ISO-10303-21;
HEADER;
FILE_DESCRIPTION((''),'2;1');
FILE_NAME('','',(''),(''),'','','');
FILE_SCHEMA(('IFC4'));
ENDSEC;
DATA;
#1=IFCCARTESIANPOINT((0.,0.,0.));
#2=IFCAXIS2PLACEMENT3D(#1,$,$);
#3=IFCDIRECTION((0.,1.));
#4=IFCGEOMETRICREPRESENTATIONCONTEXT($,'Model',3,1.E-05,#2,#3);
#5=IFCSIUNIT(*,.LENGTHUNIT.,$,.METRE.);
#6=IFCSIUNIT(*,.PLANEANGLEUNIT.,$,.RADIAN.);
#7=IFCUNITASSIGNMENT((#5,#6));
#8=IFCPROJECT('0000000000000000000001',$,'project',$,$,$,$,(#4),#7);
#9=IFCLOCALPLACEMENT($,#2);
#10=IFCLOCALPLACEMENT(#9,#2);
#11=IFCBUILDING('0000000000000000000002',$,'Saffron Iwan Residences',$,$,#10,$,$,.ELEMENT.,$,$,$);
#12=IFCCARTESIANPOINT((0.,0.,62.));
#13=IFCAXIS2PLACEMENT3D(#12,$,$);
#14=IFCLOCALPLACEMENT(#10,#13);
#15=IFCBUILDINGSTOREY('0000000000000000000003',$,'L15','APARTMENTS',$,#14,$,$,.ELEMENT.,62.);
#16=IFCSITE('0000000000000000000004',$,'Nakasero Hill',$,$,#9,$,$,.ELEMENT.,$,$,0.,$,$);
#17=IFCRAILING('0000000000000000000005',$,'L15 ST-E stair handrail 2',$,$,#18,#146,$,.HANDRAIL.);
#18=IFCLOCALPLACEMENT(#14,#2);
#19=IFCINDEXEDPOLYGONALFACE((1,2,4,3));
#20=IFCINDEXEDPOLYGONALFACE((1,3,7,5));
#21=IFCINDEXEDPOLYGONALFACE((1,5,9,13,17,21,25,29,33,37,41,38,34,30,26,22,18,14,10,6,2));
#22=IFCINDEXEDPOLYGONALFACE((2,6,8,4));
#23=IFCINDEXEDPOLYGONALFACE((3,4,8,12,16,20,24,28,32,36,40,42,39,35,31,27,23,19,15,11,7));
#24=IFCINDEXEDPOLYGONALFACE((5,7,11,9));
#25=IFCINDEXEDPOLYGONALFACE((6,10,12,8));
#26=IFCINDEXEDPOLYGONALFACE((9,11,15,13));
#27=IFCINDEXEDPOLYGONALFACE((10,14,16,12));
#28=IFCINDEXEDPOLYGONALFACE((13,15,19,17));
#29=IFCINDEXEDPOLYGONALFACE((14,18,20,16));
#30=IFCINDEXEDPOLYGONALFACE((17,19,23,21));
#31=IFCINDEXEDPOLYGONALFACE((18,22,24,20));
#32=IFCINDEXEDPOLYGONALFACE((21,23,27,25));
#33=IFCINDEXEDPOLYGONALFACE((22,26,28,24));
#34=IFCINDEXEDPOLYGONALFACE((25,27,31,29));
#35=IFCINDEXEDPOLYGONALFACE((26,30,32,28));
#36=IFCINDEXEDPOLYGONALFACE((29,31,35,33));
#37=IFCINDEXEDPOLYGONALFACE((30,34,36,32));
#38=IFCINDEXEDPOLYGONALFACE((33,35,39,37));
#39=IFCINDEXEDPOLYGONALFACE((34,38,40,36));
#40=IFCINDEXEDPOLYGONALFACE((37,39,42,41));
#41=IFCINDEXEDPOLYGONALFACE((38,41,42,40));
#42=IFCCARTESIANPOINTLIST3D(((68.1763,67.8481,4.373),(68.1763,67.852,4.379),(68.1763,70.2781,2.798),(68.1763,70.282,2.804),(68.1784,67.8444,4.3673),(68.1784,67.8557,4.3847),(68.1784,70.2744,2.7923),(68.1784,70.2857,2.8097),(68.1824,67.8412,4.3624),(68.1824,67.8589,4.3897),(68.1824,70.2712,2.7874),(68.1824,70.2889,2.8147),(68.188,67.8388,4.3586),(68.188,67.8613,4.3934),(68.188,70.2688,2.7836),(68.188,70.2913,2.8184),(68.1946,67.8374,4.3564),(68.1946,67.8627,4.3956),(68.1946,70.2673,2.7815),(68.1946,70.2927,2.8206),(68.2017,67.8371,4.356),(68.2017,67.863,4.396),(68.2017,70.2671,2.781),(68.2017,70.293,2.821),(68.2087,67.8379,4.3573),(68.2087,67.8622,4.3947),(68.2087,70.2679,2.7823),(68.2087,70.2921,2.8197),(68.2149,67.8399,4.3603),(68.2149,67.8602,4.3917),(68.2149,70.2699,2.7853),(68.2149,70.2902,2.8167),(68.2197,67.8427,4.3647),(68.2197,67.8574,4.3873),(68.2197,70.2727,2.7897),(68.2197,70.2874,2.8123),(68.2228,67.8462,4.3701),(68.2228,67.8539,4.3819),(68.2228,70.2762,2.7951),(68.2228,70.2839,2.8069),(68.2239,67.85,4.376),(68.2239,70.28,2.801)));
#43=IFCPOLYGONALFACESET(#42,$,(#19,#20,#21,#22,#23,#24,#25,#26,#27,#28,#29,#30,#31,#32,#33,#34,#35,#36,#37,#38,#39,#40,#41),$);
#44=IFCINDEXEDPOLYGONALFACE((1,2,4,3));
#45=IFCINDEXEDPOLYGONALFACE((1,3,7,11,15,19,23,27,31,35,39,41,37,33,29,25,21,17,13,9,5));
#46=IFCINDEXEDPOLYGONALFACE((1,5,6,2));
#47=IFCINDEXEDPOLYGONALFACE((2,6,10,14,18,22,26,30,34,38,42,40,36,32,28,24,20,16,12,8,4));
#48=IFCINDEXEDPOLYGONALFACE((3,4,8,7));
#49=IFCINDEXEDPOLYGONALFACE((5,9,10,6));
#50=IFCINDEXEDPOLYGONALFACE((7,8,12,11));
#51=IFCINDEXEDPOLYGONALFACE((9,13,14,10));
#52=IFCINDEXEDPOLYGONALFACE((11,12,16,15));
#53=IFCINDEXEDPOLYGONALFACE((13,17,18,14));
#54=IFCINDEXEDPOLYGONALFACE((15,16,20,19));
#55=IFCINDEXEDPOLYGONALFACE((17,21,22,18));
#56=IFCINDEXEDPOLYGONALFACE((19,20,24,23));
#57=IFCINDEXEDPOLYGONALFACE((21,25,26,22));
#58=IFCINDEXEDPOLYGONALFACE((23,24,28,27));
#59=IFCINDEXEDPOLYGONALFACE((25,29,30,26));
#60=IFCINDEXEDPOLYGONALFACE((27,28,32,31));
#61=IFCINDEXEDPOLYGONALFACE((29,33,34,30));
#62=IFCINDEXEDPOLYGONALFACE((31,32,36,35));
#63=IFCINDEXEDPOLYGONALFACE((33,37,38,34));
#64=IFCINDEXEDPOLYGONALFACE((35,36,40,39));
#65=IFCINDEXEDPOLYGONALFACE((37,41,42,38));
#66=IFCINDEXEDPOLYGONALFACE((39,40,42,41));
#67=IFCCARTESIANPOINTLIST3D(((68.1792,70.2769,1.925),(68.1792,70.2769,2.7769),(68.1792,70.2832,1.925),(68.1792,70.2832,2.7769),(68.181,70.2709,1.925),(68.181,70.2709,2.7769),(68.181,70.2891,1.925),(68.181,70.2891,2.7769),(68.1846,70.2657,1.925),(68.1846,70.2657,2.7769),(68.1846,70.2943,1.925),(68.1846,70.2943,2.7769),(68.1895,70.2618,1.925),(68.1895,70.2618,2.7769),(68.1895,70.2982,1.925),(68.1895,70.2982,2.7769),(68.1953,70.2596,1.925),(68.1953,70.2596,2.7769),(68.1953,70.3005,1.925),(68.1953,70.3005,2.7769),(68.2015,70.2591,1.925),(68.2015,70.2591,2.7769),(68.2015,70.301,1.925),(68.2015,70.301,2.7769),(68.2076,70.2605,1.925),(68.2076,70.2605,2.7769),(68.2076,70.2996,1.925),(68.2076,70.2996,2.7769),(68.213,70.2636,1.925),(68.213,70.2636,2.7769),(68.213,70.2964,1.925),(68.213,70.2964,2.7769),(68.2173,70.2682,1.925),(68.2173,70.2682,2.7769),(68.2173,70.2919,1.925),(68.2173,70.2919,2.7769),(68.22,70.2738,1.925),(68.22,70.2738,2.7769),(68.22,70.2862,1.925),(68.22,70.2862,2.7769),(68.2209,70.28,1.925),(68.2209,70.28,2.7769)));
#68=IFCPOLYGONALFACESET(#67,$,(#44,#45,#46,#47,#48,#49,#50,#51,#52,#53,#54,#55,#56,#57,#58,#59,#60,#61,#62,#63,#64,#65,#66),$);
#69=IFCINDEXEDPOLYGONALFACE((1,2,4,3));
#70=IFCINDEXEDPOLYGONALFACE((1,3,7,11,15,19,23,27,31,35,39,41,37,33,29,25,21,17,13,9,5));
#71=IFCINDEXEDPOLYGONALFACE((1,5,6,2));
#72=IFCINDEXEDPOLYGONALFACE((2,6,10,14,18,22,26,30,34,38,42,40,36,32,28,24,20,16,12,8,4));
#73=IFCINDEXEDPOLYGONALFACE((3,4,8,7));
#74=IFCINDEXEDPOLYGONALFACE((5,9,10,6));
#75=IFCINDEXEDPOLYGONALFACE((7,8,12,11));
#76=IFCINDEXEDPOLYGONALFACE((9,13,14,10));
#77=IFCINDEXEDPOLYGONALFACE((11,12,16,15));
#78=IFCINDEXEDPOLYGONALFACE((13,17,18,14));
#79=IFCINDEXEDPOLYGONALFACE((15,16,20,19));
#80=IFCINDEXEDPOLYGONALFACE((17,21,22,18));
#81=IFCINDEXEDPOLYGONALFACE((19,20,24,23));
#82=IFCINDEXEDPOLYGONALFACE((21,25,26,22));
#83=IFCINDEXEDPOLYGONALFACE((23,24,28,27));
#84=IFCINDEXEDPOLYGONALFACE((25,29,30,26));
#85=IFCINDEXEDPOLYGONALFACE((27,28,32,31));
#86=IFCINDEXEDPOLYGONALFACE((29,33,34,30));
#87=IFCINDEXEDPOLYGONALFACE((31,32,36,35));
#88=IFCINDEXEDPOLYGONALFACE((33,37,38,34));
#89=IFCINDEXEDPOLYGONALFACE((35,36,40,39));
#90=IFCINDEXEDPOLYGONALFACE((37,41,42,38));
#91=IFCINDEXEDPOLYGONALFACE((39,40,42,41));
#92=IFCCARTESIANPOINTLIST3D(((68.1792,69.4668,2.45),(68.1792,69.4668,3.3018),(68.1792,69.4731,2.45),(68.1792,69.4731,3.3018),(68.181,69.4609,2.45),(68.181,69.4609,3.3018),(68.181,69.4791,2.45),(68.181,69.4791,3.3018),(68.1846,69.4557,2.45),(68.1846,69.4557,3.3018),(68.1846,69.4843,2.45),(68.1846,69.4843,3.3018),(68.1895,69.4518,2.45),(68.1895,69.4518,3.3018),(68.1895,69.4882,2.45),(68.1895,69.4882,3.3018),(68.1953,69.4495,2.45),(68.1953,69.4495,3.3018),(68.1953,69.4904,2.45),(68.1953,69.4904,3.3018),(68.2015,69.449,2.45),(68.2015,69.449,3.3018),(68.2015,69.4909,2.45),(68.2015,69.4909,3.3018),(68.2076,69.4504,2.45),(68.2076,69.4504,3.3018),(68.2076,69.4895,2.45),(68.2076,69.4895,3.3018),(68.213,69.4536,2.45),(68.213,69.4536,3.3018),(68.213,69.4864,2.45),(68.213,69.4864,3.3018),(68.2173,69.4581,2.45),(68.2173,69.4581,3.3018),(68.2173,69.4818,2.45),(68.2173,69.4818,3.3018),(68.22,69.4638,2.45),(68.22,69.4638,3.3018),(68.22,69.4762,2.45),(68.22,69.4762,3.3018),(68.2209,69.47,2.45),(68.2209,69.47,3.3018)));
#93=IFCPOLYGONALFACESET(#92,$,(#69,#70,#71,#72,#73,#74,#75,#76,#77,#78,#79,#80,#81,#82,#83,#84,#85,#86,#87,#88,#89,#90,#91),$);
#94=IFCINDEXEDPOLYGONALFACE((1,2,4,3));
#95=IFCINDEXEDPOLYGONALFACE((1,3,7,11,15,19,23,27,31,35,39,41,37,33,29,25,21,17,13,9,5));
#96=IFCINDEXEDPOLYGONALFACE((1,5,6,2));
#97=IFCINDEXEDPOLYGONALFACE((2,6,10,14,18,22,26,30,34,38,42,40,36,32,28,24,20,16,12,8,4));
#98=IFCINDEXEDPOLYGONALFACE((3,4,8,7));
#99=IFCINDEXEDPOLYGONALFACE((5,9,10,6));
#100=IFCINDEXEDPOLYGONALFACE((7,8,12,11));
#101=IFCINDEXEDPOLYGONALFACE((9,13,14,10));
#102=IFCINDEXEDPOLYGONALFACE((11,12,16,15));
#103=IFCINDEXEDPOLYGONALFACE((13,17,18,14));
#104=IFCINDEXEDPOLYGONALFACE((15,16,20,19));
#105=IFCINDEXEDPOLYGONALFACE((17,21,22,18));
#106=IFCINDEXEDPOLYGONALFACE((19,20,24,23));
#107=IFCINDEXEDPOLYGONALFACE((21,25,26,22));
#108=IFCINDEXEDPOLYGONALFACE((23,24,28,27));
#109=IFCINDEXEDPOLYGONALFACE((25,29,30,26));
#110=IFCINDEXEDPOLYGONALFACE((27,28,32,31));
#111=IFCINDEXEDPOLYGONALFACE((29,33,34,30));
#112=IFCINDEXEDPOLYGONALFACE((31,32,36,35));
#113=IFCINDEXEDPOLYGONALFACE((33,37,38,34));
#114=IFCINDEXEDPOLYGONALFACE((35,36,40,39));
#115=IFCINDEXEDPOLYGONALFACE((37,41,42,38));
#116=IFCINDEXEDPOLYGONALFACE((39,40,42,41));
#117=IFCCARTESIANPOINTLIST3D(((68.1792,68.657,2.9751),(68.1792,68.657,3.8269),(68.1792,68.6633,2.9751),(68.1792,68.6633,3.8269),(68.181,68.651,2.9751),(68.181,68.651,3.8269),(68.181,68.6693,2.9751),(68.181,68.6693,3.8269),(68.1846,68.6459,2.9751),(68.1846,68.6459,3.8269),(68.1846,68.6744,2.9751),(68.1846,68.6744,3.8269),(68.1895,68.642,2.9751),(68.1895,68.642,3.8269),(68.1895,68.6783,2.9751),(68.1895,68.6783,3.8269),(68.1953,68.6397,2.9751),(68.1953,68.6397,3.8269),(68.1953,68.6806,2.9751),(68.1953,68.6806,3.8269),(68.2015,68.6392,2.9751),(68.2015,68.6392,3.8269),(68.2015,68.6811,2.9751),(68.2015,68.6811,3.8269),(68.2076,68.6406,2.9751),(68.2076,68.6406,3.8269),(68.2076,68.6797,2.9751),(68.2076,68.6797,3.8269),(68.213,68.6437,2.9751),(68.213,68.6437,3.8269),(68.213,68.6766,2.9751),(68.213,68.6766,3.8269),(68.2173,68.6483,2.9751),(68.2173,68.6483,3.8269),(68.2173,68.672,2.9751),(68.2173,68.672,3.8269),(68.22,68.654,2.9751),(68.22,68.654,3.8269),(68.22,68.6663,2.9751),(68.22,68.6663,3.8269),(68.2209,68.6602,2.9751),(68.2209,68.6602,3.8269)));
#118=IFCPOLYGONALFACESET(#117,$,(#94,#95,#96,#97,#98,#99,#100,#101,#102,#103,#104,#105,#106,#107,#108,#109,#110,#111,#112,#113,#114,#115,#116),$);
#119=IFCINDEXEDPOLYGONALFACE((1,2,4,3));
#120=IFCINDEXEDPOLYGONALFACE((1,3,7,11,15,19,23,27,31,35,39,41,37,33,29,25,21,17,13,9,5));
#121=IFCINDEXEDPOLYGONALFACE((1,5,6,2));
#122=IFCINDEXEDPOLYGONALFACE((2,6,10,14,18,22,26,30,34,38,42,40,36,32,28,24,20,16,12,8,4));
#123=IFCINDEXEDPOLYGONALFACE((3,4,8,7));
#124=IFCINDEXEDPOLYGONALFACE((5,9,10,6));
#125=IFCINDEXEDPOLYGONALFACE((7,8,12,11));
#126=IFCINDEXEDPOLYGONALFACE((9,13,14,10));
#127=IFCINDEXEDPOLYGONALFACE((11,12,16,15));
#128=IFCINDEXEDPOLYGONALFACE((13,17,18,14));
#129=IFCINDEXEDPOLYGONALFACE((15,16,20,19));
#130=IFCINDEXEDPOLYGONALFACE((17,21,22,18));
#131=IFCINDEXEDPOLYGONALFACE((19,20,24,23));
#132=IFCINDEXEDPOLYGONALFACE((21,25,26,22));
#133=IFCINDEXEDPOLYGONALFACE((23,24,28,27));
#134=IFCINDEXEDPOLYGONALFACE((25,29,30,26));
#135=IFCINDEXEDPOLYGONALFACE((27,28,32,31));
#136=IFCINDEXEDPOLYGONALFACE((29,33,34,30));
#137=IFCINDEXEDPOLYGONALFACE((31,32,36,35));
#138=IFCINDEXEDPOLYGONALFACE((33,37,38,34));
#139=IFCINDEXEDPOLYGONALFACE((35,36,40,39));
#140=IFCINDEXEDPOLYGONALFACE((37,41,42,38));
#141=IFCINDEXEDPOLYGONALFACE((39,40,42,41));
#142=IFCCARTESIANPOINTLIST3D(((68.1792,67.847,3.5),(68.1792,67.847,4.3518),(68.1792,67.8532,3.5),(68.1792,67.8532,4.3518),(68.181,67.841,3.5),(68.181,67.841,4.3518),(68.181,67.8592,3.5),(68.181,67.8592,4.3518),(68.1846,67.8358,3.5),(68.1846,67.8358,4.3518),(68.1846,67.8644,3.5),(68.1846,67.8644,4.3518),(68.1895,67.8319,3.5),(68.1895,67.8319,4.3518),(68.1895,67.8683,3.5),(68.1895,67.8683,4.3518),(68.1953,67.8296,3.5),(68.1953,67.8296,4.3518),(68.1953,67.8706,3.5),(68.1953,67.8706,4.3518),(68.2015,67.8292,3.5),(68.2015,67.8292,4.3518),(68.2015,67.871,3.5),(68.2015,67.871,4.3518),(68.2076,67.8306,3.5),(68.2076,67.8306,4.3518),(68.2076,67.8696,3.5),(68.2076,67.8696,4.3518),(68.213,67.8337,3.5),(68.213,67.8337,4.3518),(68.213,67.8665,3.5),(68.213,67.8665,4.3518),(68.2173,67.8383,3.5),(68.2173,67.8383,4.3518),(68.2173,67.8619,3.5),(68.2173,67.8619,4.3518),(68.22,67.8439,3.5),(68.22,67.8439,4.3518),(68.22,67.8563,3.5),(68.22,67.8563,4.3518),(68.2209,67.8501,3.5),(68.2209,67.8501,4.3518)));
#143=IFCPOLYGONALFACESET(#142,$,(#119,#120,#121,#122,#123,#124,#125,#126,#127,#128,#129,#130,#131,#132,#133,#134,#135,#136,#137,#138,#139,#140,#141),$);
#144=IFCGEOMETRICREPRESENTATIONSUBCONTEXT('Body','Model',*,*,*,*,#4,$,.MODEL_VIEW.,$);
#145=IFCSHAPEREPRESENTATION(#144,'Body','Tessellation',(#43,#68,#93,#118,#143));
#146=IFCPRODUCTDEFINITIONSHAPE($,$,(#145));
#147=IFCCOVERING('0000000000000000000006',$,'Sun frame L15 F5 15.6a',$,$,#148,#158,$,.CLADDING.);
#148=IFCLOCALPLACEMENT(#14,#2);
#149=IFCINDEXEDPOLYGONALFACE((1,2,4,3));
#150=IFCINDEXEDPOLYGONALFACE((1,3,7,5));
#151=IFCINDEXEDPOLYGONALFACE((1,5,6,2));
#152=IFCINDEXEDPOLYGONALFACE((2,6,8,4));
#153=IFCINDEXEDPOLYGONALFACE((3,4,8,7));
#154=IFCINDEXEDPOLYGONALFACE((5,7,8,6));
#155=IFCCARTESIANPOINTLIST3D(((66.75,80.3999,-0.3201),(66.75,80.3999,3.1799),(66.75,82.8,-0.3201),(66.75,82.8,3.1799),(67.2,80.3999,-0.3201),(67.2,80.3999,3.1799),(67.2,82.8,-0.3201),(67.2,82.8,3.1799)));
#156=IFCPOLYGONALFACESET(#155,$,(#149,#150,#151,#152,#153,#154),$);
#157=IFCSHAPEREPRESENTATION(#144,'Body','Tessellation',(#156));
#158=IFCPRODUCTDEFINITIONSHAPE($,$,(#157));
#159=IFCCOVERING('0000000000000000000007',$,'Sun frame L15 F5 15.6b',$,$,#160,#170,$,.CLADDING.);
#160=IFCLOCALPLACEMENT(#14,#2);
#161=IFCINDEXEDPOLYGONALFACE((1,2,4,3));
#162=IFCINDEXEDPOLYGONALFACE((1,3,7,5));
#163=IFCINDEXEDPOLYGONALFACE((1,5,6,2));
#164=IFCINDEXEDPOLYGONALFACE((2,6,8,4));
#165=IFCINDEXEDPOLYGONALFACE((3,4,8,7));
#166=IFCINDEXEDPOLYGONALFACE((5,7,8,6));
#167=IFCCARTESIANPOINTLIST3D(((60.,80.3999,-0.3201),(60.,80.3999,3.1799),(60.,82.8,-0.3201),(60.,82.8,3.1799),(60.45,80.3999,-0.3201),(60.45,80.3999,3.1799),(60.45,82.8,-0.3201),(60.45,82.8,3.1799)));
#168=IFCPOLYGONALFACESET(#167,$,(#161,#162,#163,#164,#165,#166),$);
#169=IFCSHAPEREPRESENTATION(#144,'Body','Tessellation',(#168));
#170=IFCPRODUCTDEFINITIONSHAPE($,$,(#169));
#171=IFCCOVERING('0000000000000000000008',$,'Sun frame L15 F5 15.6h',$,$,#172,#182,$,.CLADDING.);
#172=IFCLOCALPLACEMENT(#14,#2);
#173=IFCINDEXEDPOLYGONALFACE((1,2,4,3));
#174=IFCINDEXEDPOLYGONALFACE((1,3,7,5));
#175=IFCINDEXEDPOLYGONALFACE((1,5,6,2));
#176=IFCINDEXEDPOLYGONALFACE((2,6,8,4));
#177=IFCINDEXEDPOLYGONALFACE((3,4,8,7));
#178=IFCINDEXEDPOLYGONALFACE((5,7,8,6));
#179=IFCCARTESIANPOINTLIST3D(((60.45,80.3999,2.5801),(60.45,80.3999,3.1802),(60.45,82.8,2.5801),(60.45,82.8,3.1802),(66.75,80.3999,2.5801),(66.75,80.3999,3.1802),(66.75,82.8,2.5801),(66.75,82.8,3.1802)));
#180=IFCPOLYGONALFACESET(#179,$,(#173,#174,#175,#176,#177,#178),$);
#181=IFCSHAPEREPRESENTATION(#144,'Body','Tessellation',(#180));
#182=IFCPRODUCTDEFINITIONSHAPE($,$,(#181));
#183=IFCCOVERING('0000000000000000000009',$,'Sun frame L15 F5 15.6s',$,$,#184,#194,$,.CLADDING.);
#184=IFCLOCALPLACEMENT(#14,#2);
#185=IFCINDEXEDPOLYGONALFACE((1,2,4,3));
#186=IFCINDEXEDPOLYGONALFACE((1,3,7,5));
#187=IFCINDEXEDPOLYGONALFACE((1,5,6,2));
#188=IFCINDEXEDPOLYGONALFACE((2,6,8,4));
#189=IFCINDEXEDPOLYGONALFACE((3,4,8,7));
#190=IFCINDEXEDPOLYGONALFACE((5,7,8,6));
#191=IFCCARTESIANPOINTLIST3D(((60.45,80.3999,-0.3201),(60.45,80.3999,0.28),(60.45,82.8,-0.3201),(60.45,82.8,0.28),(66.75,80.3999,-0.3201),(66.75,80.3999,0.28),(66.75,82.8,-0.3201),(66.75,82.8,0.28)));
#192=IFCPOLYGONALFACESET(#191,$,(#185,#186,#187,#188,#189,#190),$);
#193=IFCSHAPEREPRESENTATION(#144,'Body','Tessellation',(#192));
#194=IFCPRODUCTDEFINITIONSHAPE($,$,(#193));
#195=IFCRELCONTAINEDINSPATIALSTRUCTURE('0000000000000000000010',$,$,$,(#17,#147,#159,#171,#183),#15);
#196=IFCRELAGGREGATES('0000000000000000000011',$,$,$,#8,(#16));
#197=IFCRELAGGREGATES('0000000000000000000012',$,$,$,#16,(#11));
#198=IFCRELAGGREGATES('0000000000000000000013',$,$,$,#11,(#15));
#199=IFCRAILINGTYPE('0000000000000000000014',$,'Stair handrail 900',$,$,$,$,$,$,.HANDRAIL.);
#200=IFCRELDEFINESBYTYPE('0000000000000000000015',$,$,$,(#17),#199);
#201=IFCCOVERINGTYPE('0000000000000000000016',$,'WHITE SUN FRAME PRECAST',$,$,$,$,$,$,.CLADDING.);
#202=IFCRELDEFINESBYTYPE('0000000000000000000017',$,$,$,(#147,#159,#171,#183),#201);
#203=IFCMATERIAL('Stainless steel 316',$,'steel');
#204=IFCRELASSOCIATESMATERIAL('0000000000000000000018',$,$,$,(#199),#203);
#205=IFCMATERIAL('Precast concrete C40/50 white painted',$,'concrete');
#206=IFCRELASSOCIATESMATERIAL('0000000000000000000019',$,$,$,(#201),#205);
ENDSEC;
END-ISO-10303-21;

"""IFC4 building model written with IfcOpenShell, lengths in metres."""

from ifc_helpers import new_model, si_unit, direction, frame, origin, origin_2d, place, context, subcontext, project, spatial, polyline, circle, outline, extrude, material, type_object, element, save


model = new_model("IFC4")

# Units and contexts
model_context = context("Model", 3, precision=1e-05, world=origin(), true_north=direction((0.0, 1.0)))
body_context = subcontext(model_context, "Body", "Model", "MODEL_VIEW")
ifc_project = project(units=[si_unit("LENGTHUNIT", "METRE"), si_unit("PLANEANGLEUNIT", "RADIAN")], contexts=[model_context])

# Site, building, storey
site_placement = place(None, origin())
site = spatial("IfcSite", under=ifc_project, at=site_placement, Name="Nakasero Hill", CompositionType="ELEMENT", RefElevation=0.0)
building_placement = place(site_placement, origin())
building = spatial("IfcBuilding", under=site, at=building_placement, Name="Saffron Iwan Residences", CompositionType="ELEMENT")
storey_placement = place(building_placement, frame((0.0, 0.0, 62.0)))
storey = spatial("IfcBuildingStorey", under=building, at=storey_placement, Name="L15", Description="APARTMENTS", CompositionType="ELEMENT", Elevation=62.0)

# Railing
ifc_material_1 = material(Name="Stainless steel 316", Category="steel")
railing_type_1 = type_object("IfcRailingType", Name="Stair handrail 900", PredefinedType="HANDRAIL", material=ifc_material_1)
railing_1_placement = place(storey_placement, frame((68.2, 70.28, 1.925)))
element("IfcRailing", 1, at=railing_1_placement, inside=storey, type_object=railing_type_1, Name="L15 ST-E stair handrail 2", PredefinedType="HANDRAIL", context=body_context, shape_type="SweptSolid", body=[
    extrude(circle(Radius=0.0239, at=origin_2d()), frame((0.0, 0.0, 0.876), z_axis=(0.0, -0.839154, 0.543894), x_axis=(1.0, 0.0, 0.0)), (0.0, 0.0, 1.0), 2.8958),
    extrude(circle(Radius=0.021, at=origin_2d()), origin(), (0.0, 0.0, 1.0), 0.8518),
    extrude(circle(Radius=0.021, at=origin_2d()), frame((0.0, -0.8101, 0.5249)), (0.0, 0.0, 1.0), 0.8518),
    extrude(circle(Radius=0.021, at=origin_2d()), frame((0.0, -1.6199, 1.05)), (0.0, 0.0, 1.0), 0.8518),
    extrude(circle(Radius=0.021, at=origin_2d()), frame((0.0, -2.4299, 1.575)), (0.0, 0.0, 1.0), 0.8518),
])

# Coverings
ifc_material_2 = material(Name="Precast concrete C40/50 white painted", Category="concrete")
covering_type_1 = type_object("IfcCoveringType", Name="WHITE SUN FRAME PRECAST", PredefinedType="CLADDING", material=ifc_material_2)
for number, where, z_axis, x_axis, name in (
    (2, (67.2, 80.3999, -0.3201), (0.0, 1.0, 0.0), (-1.0, 0.0, 0.0), "Sun frame L15 F5 15.6a"),
    (3, (60.45, 80.3999, -0.3201), (0.0, 1.0, 0.0), (-1.0, 0.0, 0.0), "Sun frame L15 F5 15.6b"),
):
    element("IfcCovering", number, at=place(storey_placement, frame(where, z_axis=z_axis, x_axis=x_axis)), inside=storey, type_object=covering_type_1, Name=name, PredefinedType="CLADDING", context=body_context, shape_type="SweptSolid", body=[
        extrude(outline(polyline([(0.0, 0.0), (0.45, 0.0), (0.45, 3.5), (0.0, 3.5), (0.0, 0.0)])), origin(), (0.0, 0.0, 1.0), 2.4001),
    ])
for number, where, z_axis, x_axis, name in (
    (4, (66.75, 80.3999, 2.5801), (0.0, 1.0, 0.0), (-1.0, 0.0, 0.0), "Sun frame L15 F5 15.6h"),
    (5, (66.75, 80.3999, -0.3201), (0.0, 1.0, 0.0), (-1.0, 0.0, 0.0), "Sun frame L15 F5 15.6s"),
):
    element("IfcCovering", number, at=place(storey_placement, frame(where, z_axis=z_axis, x_axis=x_axis)), inside=storey, type_object=covering_type_1, Name=name, PredefinedType="CLADDING", context=body_context, shape_type="SweptSolid", body=[
        extrude(outline(polyline([(0.0, 0.0), (6.3, 0.0), (6.3, 0.6001), (0.0, 0.6001), (0.0, 0.0)])), origin(), (0.0, 0.0, 1.0), 2.4001),
    ])

save(model, "model.ifc")
